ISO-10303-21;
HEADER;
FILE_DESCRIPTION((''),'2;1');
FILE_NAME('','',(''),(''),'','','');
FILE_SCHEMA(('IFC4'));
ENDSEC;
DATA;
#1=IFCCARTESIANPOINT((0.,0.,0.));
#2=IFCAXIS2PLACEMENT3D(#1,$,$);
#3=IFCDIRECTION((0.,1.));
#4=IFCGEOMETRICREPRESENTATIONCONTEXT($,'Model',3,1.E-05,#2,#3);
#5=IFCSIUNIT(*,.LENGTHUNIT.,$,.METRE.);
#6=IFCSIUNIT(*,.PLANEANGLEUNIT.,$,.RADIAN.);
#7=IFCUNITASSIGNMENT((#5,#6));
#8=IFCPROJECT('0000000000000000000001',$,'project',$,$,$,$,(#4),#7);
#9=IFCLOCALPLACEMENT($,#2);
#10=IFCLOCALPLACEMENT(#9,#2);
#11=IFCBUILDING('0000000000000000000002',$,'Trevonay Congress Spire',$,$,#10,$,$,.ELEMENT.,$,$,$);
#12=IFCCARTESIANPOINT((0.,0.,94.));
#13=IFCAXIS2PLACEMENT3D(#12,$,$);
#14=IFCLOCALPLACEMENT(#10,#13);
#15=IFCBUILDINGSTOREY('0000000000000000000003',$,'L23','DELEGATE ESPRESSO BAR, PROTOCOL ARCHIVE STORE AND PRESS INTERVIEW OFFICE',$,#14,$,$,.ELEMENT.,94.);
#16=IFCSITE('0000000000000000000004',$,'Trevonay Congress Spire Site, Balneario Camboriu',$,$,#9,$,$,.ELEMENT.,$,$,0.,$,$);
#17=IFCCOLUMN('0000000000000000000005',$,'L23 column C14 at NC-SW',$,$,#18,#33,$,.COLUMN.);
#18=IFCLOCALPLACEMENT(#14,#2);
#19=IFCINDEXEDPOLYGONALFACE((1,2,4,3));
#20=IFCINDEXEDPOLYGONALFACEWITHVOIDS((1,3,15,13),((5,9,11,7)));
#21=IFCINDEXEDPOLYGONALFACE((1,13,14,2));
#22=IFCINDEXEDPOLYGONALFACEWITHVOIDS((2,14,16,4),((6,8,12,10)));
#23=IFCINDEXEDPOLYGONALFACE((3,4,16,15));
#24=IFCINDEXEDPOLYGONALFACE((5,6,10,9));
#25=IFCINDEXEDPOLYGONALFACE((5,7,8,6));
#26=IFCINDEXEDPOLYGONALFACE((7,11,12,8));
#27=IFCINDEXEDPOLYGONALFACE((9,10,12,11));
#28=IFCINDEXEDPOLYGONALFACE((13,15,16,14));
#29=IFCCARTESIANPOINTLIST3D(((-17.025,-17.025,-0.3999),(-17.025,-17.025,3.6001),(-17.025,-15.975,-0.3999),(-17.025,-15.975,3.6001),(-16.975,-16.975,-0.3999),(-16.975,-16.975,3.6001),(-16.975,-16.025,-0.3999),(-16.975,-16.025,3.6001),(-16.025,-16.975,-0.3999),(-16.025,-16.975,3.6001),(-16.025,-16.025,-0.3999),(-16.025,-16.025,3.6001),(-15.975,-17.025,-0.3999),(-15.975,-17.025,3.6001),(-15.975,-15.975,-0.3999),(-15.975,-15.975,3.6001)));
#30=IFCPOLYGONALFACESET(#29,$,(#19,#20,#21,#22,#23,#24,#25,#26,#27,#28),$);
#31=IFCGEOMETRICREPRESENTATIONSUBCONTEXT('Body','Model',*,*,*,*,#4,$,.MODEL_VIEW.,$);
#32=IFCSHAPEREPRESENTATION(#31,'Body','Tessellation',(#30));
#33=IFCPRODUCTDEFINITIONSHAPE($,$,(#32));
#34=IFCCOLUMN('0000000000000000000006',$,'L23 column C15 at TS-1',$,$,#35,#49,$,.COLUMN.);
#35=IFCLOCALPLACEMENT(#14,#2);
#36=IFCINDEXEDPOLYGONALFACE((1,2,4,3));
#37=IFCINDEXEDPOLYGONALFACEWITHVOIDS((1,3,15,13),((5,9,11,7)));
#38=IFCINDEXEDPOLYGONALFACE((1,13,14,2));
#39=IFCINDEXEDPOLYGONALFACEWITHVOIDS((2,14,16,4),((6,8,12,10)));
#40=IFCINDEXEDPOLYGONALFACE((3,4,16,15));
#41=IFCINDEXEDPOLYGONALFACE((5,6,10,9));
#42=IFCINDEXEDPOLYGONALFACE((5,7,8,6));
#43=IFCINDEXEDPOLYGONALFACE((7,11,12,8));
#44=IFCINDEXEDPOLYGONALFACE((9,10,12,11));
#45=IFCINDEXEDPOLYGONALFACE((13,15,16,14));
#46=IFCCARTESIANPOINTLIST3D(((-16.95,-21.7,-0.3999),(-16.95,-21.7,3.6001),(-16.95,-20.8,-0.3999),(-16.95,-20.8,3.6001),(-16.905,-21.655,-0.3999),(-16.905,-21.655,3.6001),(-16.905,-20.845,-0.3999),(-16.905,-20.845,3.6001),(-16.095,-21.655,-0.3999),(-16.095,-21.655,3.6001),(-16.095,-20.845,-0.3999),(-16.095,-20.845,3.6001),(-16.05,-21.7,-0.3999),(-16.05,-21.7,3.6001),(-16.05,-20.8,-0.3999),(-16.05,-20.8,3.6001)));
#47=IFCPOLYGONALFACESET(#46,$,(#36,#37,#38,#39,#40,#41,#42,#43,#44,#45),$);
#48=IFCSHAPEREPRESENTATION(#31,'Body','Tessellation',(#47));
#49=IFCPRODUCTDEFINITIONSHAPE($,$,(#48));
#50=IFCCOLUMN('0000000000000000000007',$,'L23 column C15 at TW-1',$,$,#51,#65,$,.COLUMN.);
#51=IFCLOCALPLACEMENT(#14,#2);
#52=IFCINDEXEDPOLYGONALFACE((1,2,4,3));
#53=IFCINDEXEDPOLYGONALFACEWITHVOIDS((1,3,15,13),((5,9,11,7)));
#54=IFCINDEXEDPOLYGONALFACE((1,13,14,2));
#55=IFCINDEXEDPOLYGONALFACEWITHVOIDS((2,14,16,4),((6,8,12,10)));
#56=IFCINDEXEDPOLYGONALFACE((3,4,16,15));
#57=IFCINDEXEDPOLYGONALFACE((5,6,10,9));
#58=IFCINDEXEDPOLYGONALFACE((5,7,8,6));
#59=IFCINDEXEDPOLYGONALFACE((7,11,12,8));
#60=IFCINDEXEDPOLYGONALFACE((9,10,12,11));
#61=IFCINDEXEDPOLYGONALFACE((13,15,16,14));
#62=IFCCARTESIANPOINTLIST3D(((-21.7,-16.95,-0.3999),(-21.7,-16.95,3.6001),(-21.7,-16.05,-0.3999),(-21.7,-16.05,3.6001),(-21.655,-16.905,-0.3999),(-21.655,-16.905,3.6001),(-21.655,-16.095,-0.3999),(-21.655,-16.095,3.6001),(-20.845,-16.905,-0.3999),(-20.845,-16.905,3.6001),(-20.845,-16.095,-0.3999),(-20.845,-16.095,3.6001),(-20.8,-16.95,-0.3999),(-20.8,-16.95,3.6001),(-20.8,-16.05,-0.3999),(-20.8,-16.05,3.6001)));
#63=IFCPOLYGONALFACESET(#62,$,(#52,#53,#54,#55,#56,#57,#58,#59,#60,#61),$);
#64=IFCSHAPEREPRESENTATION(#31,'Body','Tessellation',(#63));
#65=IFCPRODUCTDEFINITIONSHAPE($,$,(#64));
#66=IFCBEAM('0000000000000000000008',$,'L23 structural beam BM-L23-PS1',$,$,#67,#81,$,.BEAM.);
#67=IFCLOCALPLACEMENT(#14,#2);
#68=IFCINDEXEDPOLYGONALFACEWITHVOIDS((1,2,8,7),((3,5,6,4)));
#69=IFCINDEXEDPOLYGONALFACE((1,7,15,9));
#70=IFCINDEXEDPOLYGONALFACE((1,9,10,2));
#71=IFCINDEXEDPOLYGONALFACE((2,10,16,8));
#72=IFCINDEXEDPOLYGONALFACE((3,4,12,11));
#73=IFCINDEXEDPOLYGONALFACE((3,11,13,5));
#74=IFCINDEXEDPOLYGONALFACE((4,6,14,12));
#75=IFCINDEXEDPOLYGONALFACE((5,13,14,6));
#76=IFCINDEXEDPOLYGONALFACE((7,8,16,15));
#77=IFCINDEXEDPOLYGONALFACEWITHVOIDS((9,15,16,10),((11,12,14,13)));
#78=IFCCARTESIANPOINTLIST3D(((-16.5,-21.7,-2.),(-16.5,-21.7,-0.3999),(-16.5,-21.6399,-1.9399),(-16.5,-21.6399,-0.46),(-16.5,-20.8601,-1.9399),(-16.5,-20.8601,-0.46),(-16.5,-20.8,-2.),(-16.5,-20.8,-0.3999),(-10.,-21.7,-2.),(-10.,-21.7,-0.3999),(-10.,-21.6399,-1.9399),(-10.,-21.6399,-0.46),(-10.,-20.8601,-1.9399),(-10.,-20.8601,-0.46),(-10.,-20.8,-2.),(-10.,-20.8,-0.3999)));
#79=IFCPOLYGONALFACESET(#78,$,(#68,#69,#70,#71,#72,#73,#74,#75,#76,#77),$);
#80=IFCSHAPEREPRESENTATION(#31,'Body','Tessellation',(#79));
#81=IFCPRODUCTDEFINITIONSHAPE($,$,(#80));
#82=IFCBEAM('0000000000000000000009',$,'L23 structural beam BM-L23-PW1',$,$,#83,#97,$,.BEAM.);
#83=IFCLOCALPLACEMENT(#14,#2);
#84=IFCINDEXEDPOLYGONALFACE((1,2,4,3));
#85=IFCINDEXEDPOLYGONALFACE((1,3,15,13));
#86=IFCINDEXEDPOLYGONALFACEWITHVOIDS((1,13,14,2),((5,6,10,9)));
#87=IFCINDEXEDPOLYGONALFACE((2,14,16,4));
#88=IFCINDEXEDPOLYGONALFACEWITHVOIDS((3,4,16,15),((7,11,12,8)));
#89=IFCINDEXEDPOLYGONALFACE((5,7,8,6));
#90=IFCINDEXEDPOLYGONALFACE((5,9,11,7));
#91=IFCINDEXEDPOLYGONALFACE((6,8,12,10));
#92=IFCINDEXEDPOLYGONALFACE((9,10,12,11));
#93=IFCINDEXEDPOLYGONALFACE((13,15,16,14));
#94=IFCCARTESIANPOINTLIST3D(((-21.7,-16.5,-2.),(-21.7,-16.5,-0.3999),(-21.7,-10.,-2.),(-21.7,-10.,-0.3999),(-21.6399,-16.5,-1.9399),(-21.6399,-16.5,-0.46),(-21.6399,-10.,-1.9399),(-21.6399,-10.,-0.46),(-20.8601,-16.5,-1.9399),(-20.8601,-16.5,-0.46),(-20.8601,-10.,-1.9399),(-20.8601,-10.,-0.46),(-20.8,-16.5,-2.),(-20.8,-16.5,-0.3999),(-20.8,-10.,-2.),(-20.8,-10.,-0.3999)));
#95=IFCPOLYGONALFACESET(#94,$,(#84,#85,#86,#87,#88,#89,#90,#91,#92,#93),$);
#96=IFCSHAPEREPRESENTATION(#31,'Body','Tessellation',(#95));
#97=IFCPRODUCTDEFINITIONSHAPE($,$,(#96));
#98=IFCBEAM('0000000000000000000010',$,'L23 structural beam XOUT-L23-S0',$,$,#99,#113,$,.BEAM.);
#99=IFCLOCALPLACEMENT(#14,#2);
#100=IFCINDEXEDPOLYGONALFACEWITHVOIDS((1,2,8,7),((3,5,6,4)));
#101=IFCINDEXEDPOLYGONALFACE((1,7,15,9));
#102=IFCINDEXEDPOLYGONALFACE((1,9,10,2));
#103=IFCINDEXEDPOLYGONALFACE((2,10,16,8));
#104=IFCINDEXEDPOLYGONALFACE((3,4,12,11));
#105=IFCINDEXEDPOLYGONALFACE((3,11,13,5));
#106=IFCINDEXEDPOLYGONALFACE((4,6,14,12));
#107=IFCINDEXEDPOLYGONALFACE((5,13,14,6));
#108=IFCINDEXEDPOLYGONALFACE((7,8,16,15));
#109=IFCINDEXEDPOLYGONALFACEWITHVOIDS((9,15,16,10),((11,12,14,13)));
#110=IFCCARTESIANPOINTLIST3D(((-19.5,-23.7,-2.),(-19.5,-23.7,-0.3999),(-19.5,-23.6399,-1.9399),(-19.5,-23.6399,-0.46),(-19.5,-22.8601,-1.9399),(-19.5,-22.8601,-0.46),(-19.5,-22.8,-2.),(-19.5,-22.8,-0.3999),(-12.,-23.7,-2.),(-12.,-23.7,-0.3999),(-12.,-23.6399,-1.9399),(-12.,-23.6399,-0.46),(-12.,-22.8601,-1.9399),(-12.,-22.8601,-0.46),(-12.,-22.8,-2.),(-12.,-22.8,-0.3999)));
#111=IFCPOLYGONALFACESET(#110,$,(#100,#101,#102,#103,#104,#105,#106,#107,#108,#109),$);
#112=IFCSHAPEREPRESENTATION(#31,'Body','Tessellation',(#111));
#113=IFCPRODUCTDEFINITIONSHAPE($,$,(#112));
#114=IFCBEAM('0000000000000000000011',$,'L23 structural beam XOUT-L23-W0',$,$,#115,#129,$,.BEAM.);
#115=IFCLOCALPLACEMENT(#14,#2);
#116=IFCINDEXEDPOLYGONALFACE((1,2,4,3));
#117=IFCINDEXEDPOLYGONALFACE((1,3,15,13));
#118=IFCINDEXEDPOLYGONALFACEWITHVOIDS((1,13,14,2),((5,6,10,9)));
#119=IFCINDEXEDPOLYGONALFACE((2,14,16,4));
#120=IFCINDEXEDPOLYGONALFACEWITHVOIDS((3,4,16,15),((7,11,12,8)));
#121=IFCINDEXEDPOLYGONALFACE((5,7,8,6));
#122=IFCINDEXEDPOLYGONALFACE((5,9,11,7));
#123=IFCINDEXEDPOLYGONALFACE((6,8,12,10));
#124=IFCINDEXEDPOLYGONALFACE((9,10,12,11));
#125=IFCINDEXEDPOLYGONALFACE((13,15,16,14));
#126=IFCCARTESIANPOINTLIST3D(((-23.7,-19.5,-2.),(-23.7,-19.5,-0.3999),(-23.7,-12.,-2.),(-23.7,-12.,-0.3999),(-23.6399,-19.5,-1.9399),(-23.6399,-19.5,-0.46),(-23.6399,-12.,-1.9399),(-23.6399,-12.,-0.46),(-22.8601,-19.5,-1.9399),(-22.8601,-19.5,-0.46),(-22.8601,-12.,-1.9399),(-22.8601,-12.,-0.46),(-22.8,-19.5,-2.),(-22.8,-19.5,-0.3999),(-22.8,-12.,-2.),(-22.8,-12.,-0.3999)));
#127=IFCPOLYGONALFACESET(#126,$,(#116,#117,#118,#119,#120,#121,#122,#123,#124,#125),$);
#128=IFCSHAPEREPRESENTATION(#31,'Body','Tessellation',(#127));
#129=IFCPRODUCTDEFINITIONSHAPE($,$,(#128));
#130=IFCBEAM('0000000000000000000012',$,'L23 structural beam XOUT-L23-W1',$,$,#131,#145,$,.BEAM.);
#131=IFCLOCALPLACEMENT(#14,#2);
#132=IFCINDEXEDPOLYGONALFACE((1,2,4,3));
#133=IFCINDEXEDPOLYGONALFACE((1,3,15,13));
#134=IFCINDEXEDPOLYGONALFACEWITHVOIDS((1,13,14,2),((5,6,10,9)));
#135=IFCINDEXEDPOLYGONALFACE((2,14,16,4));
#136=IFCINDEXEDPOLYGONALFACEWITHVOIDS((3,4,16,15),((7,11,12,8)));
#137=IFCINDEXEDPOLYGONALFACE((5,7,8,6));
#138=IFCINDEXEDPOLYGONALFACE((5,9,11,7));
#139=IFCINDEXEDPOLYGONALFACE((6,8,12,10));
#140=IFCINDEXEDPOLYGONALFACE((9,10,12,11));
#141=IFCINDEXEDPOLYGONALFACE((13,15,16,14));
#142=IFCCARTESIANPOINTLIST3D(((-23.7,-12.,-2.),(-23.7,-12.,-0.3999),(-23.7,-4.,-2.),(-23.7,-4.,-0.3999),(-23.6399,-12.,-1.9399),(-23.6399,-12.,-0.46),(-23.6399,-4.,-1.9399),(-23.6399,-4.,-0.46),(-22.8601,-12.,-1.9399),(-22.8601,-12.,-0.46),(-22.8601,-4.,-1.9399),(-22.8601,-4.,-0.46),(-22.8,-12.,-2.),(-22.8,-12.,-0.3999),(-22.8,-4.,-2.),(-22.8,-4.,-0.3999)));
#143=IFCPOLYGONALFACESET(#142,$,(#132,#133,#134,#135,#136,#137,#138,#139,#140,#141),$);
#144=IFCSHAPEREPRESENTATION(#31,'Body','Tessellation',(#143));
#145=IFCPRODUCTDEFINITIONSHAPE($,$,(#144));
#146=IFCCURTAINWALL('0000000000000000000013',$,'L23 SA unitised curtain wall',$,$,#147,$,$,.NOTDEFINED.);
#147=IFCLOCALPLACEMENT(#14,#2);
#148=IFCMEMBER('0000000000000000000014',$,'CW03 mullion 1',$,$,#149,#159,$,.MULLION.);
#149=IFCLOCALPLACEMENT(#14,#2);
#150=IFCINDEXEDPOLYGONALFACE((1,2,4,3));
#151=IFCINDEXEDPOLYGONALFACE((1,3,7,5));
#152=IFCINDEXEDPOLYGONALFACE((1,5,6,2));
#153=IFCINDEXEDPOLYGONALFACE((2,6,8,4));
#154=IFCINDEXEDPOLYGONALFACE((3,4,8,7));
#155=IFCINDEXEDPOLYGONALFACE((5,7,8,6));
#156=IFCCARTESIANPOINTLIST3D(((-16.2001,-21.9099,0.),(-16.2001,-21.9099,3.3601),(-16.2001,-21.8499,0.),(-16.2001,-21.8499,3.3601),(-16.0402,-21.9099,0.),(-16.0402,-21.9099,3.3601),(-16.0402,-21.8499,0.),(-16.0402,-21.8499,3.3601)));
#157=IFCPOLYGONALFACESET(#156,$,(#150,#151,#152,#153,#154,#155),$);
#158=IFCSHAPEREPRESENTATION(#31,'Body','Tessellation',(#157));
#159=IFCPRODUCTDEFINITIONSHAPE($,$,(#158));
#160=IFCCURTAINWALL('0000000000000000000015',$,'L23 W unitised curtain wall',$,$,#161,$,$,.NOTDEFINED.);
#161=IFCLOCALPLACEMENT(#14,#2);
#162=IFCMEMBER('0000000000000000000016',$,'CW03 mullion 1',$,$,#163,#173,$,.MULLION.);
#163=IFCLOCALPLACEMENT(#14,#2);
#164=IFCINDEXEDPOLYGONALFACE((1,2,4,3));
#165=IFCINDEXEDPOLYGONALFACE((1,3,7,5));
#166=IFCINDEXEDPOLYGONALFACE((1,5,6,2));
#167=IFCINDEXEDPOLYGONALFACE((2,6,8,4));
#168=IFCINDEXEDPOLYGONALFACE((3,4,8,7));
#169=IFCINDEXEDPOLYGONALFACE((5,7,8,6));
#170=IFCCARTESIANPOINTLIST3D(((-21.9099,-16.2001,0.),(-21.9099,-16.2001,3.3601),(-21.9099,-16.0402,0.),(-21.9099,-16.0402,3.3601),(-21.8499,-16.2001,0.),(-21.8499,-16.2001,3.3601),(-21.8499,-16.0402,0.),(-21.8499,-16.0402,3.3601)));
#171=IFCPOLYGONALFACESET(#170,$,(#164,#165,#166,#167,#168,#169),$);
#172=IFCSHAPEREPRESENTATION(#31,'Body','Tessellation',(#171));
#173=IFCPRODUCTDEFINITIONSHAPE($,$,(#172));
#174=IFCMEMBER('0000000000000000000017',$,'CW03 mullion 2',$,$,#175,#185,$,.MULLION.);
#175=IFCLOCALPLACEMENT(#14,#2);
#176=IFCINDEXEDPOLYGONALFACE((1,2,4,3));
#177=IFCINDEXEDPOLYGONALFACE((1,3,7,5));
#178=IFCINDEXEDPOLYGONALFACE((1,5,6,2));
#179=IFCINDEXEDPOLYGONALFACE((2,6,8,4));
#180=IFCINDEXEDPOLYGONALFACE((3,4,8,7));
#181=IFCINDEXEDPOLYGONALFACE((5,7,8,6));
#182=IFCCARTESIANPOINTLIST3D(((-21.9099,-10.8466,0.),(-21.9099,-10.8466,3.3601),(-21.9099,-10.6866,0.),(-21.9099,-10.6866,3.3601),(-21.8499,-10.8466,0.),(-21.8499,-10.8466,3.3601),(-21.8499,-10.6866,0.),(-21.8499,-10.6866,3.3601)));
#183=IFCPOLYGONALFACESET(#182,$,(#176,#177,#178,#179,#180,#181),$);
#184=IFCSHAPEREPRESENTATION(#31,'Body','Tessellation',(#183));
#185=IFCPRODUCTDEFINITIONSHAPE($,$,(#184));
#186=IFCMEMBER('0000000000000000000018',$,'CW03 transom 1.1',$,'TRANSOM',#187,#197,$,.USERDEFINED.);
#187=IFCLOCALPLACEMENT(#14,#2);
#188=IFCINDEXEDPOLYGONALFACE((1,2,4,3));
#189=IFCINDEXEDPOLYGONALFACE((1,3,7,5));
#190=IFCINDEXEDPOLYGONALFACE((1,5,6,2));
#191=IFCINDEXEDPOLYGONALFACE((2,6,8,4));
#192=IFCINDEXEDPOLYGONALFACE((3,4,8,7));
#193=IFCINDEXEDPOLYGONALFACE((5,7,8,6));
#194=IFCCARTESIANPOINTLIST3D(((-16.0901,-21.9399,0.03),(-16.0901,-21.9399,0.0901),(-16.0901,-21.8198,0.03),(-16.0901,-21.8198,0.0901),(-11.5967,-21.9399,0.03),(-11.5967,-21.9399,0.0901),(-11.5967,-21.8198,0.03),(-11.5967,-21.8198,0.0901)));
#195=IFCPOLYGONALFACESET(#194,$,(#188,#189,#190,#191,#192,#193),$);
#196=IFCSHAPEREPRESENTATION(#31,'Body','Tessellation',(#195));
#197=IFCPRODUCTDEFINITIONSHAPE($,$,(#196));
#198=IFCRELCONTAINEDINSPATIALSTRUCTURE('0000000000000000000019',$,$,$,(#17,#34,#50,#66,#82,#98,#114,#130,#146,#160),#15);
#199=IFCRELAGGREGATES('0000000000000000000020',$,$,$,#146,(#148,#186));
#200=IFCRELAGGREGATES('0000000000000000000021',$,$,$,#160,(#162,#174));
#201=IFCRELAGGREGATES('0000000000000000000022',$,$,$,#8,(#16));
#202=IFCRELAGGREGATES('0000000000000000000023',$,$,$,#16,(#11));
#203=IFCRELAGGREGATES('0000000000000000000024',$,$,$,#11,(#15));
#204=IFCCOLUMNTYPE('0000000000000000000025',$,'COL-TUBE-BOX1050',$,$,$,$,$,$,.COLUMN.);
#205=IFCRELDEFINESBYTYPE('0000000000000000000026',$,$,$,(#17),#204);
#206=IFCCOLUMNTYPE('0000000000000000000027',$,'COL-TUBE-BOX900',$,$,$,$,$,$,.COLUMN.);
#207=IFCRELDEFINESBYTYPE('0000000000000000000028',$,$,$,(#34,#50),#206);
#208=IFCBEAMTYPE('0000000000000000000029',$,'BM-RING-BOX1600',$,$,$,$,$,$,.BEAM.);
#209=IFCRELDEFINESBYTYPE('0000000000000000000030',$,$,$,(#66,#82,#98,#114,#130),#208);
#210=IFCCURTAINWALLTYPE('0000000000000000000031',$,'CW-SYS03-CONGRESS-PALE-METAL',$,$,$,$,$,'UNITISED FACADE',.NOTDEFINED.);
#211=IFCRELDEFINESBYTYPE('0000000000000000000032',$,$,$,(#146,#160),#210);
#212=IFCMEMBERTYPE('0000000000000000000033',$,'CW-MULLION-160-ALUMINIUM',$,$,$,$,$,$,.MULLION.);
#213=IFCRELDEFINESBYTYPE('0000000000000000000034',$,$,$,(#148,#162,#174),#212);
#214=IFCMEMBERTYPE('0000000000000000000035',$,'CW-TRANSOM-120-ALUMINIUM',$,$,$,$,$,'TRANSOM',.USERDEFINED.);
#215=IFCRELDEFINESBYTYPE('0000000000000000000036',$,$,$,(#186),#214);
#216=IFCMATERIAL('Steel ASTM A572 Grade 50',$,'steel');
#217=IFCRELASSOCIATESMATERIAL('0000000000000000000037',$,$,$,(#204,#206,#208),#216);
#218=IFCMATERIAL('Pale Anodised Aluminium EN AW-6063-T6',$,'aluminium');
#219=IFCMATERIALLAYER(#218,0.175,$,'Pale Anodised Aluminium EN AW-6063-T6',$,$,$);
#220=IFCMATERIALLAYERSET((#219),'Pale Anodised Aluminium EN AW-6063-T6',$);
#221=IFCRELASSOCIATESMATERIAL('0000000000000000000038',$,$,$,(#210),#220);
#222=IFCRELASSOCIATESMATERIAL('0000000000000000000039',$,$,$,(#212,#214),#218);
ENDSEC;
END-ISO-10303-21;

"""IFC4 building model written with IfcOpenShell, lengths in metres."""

from ifc_helpers import new_model, si_unit, direction, frame, origin, origin_2d, place, context, subcontext, project, spatial, rectangle, hollow_rectangle, extrude, material, layer, layer_set, material_profile, profile_set, type_object, element, aggregate, save


model = new_model("IFC4")

# Units and contexts
model_context = context("Model", 3, precision=1e-05, world=origin(), true_north=direction((0.0, 1.0)))
body_context = subcontext(model_context, "Body", "Model", "MODEL_VIEW")
ifc_project = project(units=[si_unit("LENGTHUNIT", "METRE"), si_unit("PLANEANGLEUNIT", "RADIAN")], contexts=[model_context])

# Site, building, storey
site_placement = place(None, origin())
site = spatial("IfcSite", under=ifc_project, at=site_placement, Name="Trevonay Congress Spire Site, Balneario Camboriu", CompositionType="ELEMENT", RefElevation=0.0)
building_placement = place(site_placement, origin())
building = spatial("IfcBuilding", under=site, at=building_placement, Name="Trevonay Congress Spire", CompositionType="ELEMENT")
storey_placement = place(building_placement, frame((0.0, 0.0, 94.0)))
storey = spatial("IfcBuildingStorey", under=building, at=storey_placement, Name="L23", Description="DELEGATE ESPRESSO BAR, PROTOCOL ARCHIVE STORE AND PRESS INTERVIEW OFFICE", CompositionType="ELEMENT", Elevation=94.0)

# Columns
ifc_material_1 = material(Name="Steel ASTM A572 Grade 50", Category="steel")
ifc_material_profile_1 = material_profile(ifc_material_1, hollow_rectangle(XDim=1.05, YDim=1.05, WallThickness=0.05, at=origin_2d()), Name="BOX 1050x1050x50")
ifc_profile_set_1 = profile_set([ifc_material_profile_1], Name="Steel ASTM A572 Grade 50")
column_type_1 = type_object("IfcColumnType", Name="COL-TUBE-BOX1050", PredefinedType="COLUMN", material=ifc_profile_set_1)
column_placement = place(storey_placement, frame((-16.5, -16.5, -0.3999), z_axis=(0.0, 0.0, 1.0), x_axis=(1.0, 0.0, 0.0)))
element("IfcColumn", 1, at=column_placement, inside=storey, type_object=column_type_1, Name="L23 column C14 at NC-SW", PredefinedType="COLUMN", context=body_context, shape_type="SweptSolid", body=[
    extrude(hollow_rectangle(XDim=1.05, YDim=1.05, WallThickness=0.05, at=origin_2d()), origin(), (0.0, 0.0, 1.0), 4.0),
])
ifc_material_profile_2 = material_profile(ifc_material_1, hollow_rectangle(XDim=0.8999, YDim=0.8999, WallThickness=0.0449, at=origin_2d()), Name="BOX 900x900x45")
ifc_profile_set_2 = profile_set([ifc_material_profile_2], Name="Steel ASTM A572 Grade 50")
column_type_2 = type_object("IfcColumnType", Name="COL-TUBE-BOX900", PredefinedType="COLUMN", material=ifc_profile_set_2)
for number, where, z_axis, x_axis, name in (
    (2, (-16.5, -21.25, -0.3999), (0.0, 0.0, 1.0), (1.0, 0.0, 0.0), "L23 column C15 at TS-1"),
    (3, (-21.25, -16.5, -0.3999), (0.0, 0.0, 1.0), (1.0, 0.0, 0.0), "L23 column C15 at TW-1"),
):
    element("IfcColumn", number, at=place(storey_placement, frame(where, z_axis=z_axis, x_axis=x_axis)), inside=storey, type_object=column_type_2, Name=name, PredefinedType="COLUMN", context=body_context, shape_type="SweptSolid", body=[
        extrude(hollow_rectangle(XDim=0.8999, YDim=0.8999, WallThickness=0.0449, at=origin_2d()), origin(), (0.0, 0.0, 1.0), 4.0),
    ])

# Beams
ifc_material_profile_3 = material_profile(ifc_material_1, hollow_rectangle(XDim=0.8999, YDim=1.6001, WallThickness=0.0601, at=origin_2d()), Name="BOX 1600x900x60")
ifc_profile_set_3 = profile_set([ifc_material_profile_3], Name="Steel ASTM A572 Grade 50")
beam_type = type_object("IfcBeamType", Name="BM-RING-BOX1600", PredefinedType="BEAM", material=ifc_profile_set_3)
for number, where, z_axis, x_axis, name in (
    (4, (-16.5, -21.25, -1.2), (1.0, 0.0, 0.0), (0.0, 1.0, 0.0), "L23 structural beam BM-L23-PS1"),
    (5, (-21.25, -16.5, -1.2), (0.0, 1.0, 0.0), (-1.0, 0.0, 0.0), "L23 structural beam BM-L23-PW1"),
):
    element("IfcBeam", number, at=place(storey_placement, frame(where, z_axis=z_axis, x_axis=x_axis)), inside=storey, type_object=beam_type, Name=name, PredefinedType="BEAM", context=body_context, shape_type="SweptSolid", body=[
        extrude(hollow_rectangle(XDim=0.8999, YDim=1.6001, WallThickness=0.0601, at=origin_2d()), origin(), (0.0, 0.0, 1.0), 6.5),
    ])
for number, where, z_axis, x_axis, name in (
    (6, (-19.5, -23.25, -1.2), (1.0, 0.0, 0.0), (0.0, 1.0, 0.0), "L23 structural beam XOUT-L23-S0"),
    (7, (-23.25, -19.5, -1.2), (0.0, 1.0, 0.0), (-1.0, 0.0, 0.0), "L23 structural beam XOUT-L23-W0"),
):
    element("IfcBeam", number, at=place(storey_placement, frame(where, z_axis=z_axis, x_axis=x_axis)), inside=storey, type_object=beam_type, Name=name, PredefinedType="BEAM", context=body_context, shape_type="SweptSolid", body=[
        extrude(hollow_rectangle(XDim=0.8999, YDim=1.6001, WallThickness=0.0601, at=origin_2d()), origin(), (0.0, 0.0, 1.0), 7.5),
    ])
beam_placement = place(storey_placement, frame((-23.25, -12.0, -1.2), z_axis=(0.0, 1.0, 0.0), x_axis=(-1.0, 0.0, 0.0)))
element("IfcBeam", 8, at=beam_placement, inside=storey, type_object=beam_type, Name="L23 structural beam XOUT-L23-W1", PredefinedType="BEAM", context=body_context, shape_type="SweptSolid", body=[
    extrude(hollow_rectangle(XDim=0.8999, YDim=1.6001, WallThickness=0.0601, at=origin_2d()), origin(), (0.0, 0.0, 1.0), 8.0),
])

# Curtain wall, member
ifc_material_2 = material(Name="Pale Anodised Aluminium EN AW-6063-T6", Category="aluminium")
ifc_layer_1 = layer(ifc_material_2, 0.175, Name="Pale Anodised Aluminium EN AW-6063-T6")
ifc_layer_set_1 = layer_set([ifc_layer_1], Name="Pale Anodised Aluminium EN AW-6063-T6")
curtain_wall_type = type_object("IfcCurtainWallType", Name="CW-SYS03-CONGRESS-PALE-METAL", ElementType="UNITISED FACADE", PredefinedType="NOTDEFINED", material=ifc_layer_set_1)
curtain_wall_1_placement = place(storey_placement, origin())
curtain_wall_1 = element("IfcCurtainWall", 9, at=curtain_wall_1_placement, inside=storey, type_object=curtain_wall_type, Name="L23 SA unitised curtain wall", PredefinedType="NOTDEFINED")
ifc_material_profile_4 = material_profile(ifc_material_2, rectangle(XDim=0.0601, YDim=0.1599, at=origin_2d()), Name="CW-MULLION-160-ALUMINIUM")
ifc_profile_set_4 = profile_set([ifc_material_profile_4], Name="Pale Anodised Aluminium EN AW-6063-T6")
member_type_1 = type_object("IfcMemberType", Name="CW-MULLION-160-ALUMINIUM", PredefinedType="MULLION", material=ifc_profile_set_4)
member_1_placement = place(storey_placement, frame((-16.1201, -21.8799, 0.0), z_axis=(0.0, 0.0, 1.0), x_axis=(0.0, 1.0, 0.0)))
member_1 = element("IfcMember", 10, at=member_1_placement, type_object=member_type_1, Name="CW03 mullion 1", PredefinedType="MULLION", context=body_context, shape_type="SweptSolid", body=[
    extrude(rectangle(XDim=0.0601, YDim=0.1599, at=origin_2d()), origin(), (0.0, 0.0, 1.0), 3.3601),
])

# Curtain wall, members
curtain_wall_2_placement = place(storey_placement, origin())
curtain_wall_2 = element("IfcCurtainWall", 11, at=curtain_wall_2_placement, inside=storey, type_object=curtain_wall_type, Name="L23 W unitised curtain wall", PredefinedType="NOTDEFINED")
member_2_placement = place(storey_placement, frame((-21.8799, -16.1201, 0.0), z_axis=(0.0, 0.0, 1.0), x_axis=(-1.0, 0.0, 0.0)))
member_2 = element("IfcMember", 12, at=member_2_placement, type_object=member_type_1, Name="CW03 mullion 1", PredefinedType="MULLION", context=body_context, shape_type="SweptSolid", body=[
    extrude(rectangle(XDim=0.0601, YDim=0.1599, at=origin_2d()), origin(), (0.0, 0.0, 1.0), 3.3601),
])
member_3_placement = place(storey_placement, frame((-21.8799, -10.7666, 0.0), z_axis=(0.0, 0.0, 1.0), x_axis=(-1.0, 0.0, 0.0)))
member_3 = element("IfcMember", 13, at=member_3_placement, type_object=member_type_1, Name="CW03 mullion 2", PredefinedType="MULLION", context=body_context, shape_type="SweptSolid", body=[
    extrude(rectangle(XDim=0.0601, YDim=0.1599, at=origin_2d()), origin(), (0.0, 0.0, 1.0), 3.3601),
])

# Member
ifc_material_profile_5 = material_profile(ifc_material_2, rectangle(XDim=0.1201, YDim=0.0601, at=origin_2d()), Name="CW-TRANSOM-120-ALUMINIUM")
ifc_profile_set_5 = profile_set([ifc_material_profile_5], Name="Pale Anodised Aluminium EN AW-6063-T6")
member_type_2 = type_object("IfcMemberType", Name="CW-TRANSOM-120-ALUMINIUM", ElementType="TRANSOM", PredefinedType="USERDEFINED", material=ifc_profile_set_5)
member_4_placement = place(storey_placement, frame((-16.0901, -21.8799, 0.0601), z_axis=(1.0, 0.0, 0.0), x_axis=(0.0, 1.0, 0.0)))
member_4 = element("IfcMember", 14, at=member_4_placement, type_object=member_type_2, Name="CW03 transom 1.1", ObjectType="TRANSOM", PredefinedType="USERDEFINED", context=body_context, shape_type="SweptSolid", body=[
    extrude(rectangle(XDim=0.1201, YDim=0.0601, at=origin_2d()), origin(), (0.0, 0.0, 1.0), 4.4934),
])
aggregate(curtain_wall_1, [member_1, member_4])

aggregate(curtain_wall_2, [member_2, member_3])

save(model, "model.ifc")
